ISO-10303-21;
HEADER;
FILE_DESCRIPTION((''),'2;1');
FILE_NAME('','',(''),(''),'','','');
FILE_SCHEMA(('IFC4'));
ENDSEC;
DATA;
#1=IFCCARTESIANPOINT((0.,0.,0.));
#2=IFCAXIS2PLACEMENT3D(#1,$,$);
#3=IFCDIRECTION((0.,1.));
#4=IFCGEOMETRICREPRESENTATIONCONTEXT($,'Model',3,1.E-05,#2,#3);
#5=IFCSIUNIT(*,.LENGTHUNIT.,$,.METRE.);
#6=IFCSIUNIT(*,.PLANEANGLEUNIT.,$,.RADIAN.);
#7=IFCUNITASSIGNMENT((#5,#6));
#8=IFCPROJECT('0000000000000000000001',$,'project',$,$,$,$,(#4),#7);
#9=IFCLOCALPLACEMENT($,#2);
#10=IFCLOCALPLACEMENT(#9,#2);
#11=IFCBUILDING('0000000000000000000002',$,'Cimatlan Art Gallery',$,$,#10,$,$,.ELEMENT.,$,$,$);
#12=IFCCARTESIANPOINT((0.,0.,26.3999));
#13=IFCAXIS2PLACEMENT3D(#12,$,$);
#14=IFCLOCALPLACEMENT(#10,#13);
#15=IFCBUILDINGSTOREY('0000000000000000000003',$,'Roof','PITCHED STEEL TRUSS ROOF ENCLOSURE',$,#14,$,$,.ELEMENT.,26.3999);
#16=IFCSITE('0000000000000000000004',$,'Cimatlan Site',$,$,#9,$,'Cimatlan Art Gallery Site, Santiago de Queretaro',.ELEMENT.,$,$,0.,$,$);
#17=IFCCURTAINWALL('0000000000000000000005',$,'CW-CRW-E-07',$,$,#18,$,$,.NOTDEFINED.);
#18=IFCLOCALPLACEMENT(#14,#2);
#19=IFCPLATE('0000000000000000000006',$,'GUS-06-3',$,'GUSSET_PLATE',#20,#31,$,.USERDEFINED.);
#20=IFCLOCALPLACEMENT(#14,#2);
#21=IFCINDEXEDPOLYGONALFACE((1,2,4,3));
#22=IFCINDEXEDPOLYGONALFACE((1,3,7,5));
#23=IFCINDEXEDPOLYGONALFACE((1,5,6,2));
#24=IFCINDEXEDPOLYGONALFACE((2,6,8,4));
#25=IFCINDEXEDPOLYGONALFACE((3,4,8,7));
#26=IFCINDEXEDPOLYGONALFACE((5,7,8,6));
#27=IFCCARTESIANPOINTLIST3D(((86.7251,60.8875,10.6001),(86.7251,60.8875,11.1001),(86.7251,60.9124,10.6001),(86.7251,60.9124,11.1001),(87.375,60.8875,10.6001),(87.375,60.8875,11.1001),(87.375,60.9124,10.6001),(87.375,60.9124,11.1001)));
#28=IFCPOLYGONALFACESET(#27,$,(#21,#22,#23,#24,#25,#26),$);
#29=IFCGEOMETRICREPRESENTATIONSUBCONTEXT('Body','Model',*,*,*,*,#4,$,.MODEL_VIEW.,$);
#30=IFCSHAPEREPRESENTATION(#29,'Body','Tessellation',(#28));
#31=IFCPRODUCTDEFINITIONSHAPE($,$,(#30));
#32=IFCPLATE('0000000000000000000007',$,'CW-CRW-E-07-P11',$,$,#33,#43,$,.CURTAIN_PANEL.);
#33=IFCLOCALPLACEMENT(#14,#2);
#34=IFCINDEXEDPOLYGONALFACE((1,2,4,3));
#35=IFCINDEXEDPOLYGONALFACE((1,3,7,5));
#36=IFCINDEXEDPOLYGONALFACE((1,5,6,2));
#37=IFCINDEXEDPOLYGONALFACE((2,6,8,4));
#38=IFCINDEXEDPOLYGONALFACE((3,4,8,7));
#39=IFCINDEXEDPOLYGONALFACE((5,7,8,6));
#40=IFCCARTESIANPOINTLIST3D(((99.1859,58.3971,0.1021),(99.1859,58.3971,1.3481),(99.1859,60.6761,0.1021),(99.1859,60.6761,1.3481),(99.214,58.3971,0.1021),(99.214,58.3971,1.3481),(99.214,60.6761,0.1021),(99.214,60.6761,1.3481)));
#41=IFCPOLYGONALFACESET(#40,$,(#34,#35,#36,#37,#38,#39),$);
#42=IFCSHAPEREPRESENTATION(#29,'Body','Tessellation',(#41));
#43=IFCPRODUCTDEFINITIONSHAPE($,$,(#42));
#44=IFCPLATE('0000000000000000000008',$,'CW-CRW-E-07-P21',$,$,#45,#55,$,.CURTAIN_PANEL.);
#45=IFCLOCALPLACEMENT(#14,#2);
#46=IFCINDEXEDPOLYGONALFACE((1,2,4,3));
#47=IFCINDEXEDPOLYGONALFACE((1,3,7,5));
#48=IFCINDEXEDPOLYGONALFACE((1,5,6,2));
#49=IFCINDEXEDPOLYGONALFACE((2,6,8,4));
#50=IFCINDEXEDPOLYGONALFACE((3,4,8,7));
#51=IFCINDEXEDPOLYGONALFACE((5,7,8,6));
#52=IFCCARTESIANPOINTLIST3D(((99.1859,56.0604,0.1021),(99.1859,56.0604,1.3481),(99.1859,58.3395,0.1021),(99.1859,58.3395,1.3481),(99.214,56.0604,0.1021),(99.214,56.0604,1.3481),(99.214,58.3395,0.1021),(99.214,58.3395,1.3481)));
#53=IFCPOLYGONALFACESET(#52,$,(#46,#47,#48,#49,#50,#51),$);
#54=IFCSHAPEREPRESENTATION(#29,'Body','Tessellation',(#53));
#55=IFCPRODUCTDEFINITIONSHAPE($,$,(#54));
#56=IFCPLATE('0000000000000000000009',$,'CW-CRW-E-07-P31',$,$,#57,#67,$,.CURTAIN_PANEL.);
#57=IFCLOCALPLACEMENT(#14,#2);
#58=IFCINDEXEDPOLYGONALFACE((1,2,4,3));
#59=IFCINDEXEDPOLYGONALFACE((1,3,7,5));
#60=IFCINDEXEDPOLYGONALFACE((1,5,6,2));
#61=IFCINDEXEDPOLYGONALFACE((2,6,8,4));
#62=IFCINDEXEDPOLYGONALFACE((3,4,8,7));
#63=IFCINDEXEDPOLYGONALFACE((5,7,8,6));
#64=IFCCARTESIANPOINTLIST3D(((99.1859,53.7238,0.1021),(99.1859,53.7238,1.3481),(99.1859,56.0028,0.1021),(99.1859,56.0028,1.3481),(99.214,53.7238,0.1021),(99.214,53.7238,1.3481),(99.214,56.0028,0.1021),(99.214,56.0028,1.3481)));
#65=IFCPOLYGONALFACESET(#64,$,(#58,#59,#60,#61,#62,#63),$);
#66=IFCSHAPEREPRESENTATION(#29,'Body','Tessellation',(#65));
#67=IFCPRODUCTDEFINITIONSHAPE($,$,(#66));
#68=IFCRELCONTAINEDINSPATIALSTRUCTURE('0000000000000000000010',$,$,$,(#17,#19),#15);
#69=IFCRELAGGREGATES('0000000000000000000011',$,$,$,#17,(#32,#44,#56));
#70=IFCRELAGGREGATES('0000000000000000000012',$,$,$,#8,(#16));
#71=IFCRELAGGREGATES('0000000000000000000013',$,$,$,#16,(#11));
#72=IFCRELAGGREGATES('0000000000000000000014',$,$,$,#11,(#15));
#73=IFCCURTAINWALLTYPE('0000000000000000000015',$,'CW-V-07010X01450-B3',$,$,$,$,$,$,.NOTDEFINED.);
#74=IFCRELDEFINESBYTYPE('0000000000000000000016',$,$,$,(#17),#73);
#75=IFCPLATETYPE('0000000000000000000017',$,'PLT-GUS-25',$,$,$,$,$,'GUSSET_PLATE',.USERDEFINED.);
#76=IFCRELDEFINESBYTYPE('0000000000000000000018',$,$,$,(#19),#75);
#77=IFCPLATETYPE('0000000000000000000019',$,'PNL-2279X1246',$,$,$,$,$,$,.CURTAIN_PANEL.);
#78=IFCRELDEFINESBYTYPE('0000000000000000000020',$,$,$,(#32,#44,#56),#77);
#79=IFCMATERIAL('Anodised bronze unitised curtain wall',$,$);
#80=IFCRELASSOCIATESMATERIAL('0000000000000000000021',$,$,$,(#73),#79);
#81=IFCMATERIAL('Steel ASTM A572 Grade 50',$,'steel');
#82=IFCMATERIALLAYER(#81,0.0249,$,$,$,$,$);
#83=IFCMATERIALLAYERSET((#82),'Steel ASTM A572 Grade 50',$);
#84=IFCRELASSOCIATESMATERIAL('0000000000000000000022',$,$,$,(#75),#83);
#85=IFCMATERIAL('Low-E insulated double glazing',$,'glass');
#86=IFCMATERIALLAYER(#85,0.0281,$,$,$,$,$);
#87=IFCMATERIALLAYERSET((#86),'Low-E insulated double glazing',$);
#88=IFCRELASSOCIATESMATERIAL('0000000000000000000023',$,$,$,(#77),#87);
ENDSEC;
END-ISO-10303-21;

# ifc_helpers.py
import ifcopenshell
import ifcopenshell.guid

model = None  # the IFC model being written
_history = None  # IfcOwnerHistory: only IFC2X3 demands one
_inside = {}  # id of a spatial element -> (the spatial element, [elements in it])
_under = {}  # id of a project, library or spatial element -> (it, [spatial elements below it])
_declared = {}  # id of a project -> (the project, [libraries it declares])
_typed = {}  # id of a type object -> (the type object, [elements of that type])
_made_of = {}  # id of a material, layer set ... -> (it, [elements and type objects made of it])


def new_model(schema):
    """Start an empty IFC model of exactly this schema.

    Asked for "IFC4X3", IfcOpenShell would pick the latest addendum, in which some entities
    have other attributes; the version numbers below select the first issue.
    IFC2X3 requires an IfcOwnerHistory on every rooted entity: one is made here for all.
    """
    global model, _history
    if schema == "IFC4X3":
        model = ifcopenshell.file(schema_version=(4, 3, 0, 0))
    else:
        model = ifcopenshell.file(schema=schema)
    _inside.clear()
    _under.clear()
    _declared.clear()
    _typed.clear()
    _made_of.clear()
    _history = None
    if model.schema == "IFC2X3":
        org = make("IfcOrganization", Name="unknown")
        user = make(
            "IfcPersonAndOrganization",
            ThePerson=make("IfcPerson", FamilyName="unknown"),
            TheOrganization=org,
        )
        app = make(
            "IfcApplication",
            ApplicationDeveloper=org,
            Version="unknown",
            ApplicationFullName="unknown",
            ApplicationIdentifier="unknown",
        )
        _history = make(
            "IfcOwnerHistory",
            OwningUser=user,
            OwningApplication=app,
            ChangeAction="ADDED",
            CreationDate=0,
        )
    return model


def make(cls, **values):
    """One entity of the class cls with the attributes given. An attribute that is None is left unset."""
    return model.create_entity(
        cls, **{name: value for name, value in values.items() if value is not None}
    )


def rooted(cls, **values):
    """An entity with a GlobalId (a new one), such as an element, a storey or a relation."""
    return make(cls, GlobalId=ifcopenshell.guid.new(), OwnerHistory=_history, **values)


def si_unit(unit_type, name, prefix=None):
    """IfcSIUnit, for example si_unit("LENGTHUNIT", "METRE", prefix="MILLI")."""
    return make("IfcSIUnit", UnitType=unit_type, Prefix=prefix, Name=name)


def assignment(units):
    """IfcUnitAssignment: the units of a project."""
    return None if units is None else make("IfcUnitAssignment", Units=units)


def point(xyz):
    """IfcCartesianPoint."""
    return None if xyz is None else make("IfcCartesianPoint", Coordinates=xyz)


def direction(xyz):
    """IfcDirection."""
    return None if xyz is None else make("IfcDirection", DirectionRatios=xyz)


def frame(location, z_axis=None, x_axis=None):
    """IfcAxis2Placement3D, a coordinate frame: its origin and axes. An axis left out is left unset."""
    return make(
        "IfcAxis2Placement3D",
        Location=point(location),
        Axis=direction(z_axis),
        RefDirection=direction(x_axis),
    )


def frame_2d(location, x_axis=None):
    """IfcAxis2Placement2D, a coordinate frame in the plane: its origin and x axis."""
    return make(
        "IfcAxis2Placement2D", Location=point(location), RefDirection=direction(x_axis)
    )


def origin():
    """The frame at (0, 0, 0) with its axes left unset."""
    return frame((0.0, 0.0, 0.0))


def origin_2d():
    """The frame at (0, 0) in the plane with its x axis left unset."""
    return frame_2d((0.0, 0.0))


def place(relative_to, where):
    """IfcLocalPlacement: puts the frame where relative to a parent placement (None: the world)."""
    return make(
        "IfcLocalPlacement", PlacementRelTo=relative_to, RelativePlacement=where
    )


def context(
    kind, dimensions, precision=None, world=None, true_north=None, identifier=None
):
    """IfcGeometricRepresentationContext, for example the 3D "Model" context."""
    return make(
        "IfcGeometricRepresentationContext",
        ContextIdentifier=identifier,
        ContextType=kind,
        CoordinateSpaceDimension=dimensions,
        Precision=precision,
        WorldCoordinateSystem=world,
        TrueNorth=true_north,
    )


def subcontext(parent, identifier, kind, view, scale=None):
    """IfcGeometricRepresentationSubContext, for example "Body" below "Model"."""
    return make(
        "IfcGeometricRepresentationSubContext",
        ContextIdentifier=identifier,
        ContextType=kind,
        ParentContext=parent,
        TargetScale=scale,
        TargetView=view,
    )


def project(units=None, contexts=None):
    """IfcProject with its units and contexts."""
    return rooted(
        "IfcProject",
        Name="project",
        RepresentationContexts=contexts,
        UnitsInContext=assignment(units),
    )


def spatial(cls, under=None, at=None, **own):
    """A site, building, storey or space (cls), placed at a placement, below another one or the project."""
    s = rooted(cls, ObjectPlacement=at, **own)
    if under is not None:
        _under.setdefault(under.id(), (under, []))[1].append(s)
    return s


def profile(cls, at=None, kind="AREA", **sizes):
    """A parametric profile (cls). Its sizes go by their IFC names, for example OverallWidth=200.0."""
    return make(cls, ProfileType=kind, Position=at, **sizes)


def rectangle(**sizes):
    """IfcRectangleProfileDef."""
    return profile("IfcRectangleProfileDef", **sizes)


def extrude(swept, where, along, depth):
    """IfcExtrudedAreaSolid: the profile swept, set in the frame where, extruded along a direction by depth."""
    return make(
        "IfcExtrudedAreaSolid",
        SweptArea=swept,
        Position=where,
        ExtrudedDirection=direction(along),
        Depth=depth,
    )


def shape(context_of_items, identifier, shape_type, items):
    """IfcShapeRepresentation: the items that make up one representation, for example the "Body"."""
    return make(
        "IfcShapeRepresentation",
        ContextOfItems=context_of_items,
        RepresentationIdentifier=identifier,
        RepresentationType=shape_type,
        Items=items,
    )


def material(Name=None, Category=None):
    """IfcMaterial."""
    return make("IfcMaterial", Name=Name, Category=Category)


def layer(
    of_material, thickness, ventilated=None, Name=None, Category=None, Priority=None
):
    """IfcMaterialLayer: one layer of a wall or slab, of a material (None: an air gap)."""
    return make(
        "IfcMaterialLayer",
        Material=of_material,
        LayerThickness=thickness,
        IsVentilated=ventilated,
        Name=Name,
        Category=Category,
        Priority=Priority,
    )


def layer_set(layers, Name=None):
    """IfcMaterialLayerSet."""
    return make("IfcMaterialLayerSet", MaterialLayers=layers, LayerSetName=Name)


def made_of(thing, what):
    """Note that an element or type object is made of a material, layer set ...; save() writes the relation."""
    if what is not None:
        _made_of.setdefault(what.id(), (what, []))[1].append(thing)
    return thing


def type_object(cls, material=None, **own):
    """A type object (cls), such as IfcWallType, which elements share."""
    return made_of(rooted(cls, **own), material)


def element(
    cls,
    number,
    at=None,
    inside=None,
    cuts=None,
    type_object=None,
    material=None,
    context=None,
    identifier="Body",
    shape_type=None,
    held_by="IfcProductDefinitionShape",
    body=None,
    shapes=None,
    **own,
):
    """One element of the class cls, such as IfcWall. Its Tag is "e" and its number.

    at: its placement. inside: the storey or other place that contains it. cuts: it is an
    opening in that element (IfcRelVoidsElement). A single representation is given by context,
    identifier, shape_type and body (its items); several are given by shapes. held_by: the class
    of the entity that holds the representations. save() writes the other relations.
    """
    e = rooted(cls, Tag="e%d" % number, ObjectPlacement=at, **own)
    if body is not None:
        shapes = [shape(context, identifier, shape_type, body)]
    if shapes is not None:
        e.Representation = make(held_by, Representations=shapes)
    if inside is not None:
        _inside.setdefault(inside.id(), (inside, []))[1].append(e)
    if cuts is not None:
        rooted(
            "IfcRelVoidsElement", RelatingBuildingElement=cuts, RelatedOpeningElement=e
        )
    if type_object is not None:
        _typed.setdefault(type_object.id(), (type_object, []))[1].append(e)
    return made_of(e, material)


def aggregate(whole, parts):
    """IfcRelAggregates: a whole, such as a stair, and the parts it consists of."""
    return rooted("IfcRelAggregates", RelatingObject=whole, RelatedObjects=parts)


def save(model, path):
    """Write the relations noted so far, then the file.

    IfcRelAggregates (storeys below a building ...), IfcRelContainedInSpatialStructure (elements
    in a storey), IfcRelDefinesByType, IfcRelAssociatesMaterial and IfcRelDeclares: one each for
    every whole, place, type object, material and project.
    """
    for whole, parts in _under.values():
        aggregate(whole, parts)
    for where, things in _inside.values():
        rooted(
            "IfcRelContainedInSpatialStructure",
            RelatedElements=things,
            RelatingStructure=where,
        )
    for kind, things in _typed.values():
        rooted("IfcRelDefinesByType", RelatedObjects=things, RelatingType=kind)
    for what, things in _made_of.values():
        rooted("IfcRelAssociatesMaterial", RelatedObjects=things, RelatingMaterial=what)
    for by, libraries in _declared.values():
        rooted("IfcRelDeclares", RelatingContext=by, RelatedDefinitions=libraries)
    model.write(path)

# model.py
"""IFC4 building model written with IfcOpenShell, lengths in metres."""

from ifc_helpers import new_model, si_unit, direction, frame, origin, origin_2d, place, context, subcontext, project, spatial, rectangle, extrude, material, layer, layer_set, type_object, element, aggregate, save


model = new_model("IFC4")

# Units and contexts
model_context = context("Model", 3, precision=1e-05, world=origin(), true_north=direction((0.0, 1.0)))
body_context = subcontext(model_context, "Body", "Model", "MODEL_VIEW")
ifc_project = project(units=[si_unit("LENGTHUNIT", "METRE"), si_unit("PLANEANGLEUNIT", "RADIAN")], contexts=[model_context])

# Site, building, storey
site_placement = place(None, origin())
site = spatial("IfcSite", under=ifc_project, at=site_placement, Name="Cimatlan Site", LongName="Cimatlan Art Gallery Site, Santiago de Queretaro", CompositionType="ELEMENT", RefElevation=0.0)
building_placement = place(site_placement, origin())
building = spatial("IfcBuilding", under=site, at=building_placement, Name="Cimatlan Art Gallery", CompositionType="ELEMENT")
storey_placement = place(building_placement, frame((0.0, 0.0, 26.3999)))
storey = spatial("IfcBuildingStorey", under=building, at=storey_placement, Name="Roof", Description="PITCHED STEEL TRUSS ROOF ENCLOSURE", CompositionType="ELEMENT", Elevation=26.3999)

# Curtain wall
ifc_material_1 = material(Name="Anodised bronze unitised curtain wall")
curtain_wall_type = type_object("IfcCurtainWallType", Name="CW-V-07010X01450-B3", PredefinedType="NOTDEFINED", material=ifc_material_1)
curtain_wall_placement = place(storey_placement, origin())
curtain_wall = element("IfcCurtainWall", 1, at=curtain_wall_placement, inside=storey, type_object=curtain_wall_type, Name="CW-CRW-E-07", PredefinedType="NOTDEFINED")

# Plate
ifc_material_2 = material(Name="Steel ASTM A572 Grade 50", Category="steel")
ifc_layer_1 = layer(ifc_material_2, 0.0249)
ifc_layer_set_1 = layer_set([ifc_layer_1], Name="Steel ASTM A572 Grade 50")
plate_type_1 = type_object("IfcPlateType", Name="PLT-GUS-25", ElementType="GUSSET_PLATE", PredefinedType="USERDEFINED", material=ifc_layer_set_1)
for number, where, z_axis, x_axis, name in (
    (2, (87.05, 60.8999, 10.6001), (0.0, 0.0, 1.0), (1.0, 0.0, 0.0), "GUS-06-3"),
):
    element("IfcPlate", number, at=place(storey_placement, frame(where, z_axis=z_axis, x_axis=x_axis)), inside=storey, type_object=plate_type_1, Name=name, ObjectType="GUSSET_PLATE", PredefinedType="USERDEFINED", context=body_context, shape_type="SweptSolid", body=[
        extrude(rectangle(XDim=0.6499, YDim=0.0249, at=origin_2d()), origin(), (0.0, 0.0, 1.0), 0.5),
    ])

# Plates
ifc_material_3 = material(Name="Low-E insulated double glazing", Category="glass")
ifc_layer_2 = layer(ifc_material_3, 0.0281)
ifc_layer_set_2 = layer_set([ifc_layer_2], Name="Low-E insulated double glazing")
plate_type_2 = type_object("IfcPlateType", Name="PNL-2279X1246", PredefinedType="CURTAIN_PANEL", material=ifc_layer_set_2)
plate_1_placement = place(storey_placement, frame((99.2, 59.5366, 0.1021), z_axis=(0.0, 0.0, 1.0), x_axis=(0.0, -1.0, 0.0)))
plate_1 = element("IfcPlate", 3, at=plate_1_placement, type_object=plate_type_2, Name="CW-CRW-E-07-P11", PredefinedType="CURTAIN_PANEL", context=body_context, shape_type="SweptSolid", body=[
    extrude(rectangle(XDim=2.2791, YDim=0.0281, at=origin_2d()), origin(), (0.0, 0.0, 1.0), 1.2461),
])
plate_2_placement = place(storey_placement, frame((99.2, 57.2, 0.1021), z_axis=(0.0, 0.0, 1.0), x_axis=(0.0, -1.0, 0.0)))
plate_2 = element("IfcPlate", 4, at=plate_2_placement, type_object=plate_type_2, Name="CW-CRW-E-07-P21", PredefinedType="CURTAIN_PANEL", context=body_context, shape_type="SweptSolid", body=[
    extrude(rectangle(XDim=2.2791, YDim=0.0281, at=origin_2d()), origin(), (0.0, 0.0, 1.0), 1.2461),
])
plate_3_placement = place(storey_placement, frame((99.2, 54.8633, 0.1021), z_axis=(0.0, 0.0, 1.0), x_axis=(0.0, -1.0, 0.0)))
plate_3 = element("IfcPlate", 5, at=plate_3_placement, type_object=plate_type_2, Name="CW-CRW-E-07-P31", PredefinedType="CURTAIN_PANEL", context=body_context, shape_type="SweptSolid", body=[
    extrude(rectangle(XDim=2.2791, YDim=0.0281, at=origin_2d()), origin(), (0.0, 0.0, 1.0), 1.2461),
])
aggregate(curtain_wall, [plate_1, plate_2, plate_3])

save(model, "model.ifc")
